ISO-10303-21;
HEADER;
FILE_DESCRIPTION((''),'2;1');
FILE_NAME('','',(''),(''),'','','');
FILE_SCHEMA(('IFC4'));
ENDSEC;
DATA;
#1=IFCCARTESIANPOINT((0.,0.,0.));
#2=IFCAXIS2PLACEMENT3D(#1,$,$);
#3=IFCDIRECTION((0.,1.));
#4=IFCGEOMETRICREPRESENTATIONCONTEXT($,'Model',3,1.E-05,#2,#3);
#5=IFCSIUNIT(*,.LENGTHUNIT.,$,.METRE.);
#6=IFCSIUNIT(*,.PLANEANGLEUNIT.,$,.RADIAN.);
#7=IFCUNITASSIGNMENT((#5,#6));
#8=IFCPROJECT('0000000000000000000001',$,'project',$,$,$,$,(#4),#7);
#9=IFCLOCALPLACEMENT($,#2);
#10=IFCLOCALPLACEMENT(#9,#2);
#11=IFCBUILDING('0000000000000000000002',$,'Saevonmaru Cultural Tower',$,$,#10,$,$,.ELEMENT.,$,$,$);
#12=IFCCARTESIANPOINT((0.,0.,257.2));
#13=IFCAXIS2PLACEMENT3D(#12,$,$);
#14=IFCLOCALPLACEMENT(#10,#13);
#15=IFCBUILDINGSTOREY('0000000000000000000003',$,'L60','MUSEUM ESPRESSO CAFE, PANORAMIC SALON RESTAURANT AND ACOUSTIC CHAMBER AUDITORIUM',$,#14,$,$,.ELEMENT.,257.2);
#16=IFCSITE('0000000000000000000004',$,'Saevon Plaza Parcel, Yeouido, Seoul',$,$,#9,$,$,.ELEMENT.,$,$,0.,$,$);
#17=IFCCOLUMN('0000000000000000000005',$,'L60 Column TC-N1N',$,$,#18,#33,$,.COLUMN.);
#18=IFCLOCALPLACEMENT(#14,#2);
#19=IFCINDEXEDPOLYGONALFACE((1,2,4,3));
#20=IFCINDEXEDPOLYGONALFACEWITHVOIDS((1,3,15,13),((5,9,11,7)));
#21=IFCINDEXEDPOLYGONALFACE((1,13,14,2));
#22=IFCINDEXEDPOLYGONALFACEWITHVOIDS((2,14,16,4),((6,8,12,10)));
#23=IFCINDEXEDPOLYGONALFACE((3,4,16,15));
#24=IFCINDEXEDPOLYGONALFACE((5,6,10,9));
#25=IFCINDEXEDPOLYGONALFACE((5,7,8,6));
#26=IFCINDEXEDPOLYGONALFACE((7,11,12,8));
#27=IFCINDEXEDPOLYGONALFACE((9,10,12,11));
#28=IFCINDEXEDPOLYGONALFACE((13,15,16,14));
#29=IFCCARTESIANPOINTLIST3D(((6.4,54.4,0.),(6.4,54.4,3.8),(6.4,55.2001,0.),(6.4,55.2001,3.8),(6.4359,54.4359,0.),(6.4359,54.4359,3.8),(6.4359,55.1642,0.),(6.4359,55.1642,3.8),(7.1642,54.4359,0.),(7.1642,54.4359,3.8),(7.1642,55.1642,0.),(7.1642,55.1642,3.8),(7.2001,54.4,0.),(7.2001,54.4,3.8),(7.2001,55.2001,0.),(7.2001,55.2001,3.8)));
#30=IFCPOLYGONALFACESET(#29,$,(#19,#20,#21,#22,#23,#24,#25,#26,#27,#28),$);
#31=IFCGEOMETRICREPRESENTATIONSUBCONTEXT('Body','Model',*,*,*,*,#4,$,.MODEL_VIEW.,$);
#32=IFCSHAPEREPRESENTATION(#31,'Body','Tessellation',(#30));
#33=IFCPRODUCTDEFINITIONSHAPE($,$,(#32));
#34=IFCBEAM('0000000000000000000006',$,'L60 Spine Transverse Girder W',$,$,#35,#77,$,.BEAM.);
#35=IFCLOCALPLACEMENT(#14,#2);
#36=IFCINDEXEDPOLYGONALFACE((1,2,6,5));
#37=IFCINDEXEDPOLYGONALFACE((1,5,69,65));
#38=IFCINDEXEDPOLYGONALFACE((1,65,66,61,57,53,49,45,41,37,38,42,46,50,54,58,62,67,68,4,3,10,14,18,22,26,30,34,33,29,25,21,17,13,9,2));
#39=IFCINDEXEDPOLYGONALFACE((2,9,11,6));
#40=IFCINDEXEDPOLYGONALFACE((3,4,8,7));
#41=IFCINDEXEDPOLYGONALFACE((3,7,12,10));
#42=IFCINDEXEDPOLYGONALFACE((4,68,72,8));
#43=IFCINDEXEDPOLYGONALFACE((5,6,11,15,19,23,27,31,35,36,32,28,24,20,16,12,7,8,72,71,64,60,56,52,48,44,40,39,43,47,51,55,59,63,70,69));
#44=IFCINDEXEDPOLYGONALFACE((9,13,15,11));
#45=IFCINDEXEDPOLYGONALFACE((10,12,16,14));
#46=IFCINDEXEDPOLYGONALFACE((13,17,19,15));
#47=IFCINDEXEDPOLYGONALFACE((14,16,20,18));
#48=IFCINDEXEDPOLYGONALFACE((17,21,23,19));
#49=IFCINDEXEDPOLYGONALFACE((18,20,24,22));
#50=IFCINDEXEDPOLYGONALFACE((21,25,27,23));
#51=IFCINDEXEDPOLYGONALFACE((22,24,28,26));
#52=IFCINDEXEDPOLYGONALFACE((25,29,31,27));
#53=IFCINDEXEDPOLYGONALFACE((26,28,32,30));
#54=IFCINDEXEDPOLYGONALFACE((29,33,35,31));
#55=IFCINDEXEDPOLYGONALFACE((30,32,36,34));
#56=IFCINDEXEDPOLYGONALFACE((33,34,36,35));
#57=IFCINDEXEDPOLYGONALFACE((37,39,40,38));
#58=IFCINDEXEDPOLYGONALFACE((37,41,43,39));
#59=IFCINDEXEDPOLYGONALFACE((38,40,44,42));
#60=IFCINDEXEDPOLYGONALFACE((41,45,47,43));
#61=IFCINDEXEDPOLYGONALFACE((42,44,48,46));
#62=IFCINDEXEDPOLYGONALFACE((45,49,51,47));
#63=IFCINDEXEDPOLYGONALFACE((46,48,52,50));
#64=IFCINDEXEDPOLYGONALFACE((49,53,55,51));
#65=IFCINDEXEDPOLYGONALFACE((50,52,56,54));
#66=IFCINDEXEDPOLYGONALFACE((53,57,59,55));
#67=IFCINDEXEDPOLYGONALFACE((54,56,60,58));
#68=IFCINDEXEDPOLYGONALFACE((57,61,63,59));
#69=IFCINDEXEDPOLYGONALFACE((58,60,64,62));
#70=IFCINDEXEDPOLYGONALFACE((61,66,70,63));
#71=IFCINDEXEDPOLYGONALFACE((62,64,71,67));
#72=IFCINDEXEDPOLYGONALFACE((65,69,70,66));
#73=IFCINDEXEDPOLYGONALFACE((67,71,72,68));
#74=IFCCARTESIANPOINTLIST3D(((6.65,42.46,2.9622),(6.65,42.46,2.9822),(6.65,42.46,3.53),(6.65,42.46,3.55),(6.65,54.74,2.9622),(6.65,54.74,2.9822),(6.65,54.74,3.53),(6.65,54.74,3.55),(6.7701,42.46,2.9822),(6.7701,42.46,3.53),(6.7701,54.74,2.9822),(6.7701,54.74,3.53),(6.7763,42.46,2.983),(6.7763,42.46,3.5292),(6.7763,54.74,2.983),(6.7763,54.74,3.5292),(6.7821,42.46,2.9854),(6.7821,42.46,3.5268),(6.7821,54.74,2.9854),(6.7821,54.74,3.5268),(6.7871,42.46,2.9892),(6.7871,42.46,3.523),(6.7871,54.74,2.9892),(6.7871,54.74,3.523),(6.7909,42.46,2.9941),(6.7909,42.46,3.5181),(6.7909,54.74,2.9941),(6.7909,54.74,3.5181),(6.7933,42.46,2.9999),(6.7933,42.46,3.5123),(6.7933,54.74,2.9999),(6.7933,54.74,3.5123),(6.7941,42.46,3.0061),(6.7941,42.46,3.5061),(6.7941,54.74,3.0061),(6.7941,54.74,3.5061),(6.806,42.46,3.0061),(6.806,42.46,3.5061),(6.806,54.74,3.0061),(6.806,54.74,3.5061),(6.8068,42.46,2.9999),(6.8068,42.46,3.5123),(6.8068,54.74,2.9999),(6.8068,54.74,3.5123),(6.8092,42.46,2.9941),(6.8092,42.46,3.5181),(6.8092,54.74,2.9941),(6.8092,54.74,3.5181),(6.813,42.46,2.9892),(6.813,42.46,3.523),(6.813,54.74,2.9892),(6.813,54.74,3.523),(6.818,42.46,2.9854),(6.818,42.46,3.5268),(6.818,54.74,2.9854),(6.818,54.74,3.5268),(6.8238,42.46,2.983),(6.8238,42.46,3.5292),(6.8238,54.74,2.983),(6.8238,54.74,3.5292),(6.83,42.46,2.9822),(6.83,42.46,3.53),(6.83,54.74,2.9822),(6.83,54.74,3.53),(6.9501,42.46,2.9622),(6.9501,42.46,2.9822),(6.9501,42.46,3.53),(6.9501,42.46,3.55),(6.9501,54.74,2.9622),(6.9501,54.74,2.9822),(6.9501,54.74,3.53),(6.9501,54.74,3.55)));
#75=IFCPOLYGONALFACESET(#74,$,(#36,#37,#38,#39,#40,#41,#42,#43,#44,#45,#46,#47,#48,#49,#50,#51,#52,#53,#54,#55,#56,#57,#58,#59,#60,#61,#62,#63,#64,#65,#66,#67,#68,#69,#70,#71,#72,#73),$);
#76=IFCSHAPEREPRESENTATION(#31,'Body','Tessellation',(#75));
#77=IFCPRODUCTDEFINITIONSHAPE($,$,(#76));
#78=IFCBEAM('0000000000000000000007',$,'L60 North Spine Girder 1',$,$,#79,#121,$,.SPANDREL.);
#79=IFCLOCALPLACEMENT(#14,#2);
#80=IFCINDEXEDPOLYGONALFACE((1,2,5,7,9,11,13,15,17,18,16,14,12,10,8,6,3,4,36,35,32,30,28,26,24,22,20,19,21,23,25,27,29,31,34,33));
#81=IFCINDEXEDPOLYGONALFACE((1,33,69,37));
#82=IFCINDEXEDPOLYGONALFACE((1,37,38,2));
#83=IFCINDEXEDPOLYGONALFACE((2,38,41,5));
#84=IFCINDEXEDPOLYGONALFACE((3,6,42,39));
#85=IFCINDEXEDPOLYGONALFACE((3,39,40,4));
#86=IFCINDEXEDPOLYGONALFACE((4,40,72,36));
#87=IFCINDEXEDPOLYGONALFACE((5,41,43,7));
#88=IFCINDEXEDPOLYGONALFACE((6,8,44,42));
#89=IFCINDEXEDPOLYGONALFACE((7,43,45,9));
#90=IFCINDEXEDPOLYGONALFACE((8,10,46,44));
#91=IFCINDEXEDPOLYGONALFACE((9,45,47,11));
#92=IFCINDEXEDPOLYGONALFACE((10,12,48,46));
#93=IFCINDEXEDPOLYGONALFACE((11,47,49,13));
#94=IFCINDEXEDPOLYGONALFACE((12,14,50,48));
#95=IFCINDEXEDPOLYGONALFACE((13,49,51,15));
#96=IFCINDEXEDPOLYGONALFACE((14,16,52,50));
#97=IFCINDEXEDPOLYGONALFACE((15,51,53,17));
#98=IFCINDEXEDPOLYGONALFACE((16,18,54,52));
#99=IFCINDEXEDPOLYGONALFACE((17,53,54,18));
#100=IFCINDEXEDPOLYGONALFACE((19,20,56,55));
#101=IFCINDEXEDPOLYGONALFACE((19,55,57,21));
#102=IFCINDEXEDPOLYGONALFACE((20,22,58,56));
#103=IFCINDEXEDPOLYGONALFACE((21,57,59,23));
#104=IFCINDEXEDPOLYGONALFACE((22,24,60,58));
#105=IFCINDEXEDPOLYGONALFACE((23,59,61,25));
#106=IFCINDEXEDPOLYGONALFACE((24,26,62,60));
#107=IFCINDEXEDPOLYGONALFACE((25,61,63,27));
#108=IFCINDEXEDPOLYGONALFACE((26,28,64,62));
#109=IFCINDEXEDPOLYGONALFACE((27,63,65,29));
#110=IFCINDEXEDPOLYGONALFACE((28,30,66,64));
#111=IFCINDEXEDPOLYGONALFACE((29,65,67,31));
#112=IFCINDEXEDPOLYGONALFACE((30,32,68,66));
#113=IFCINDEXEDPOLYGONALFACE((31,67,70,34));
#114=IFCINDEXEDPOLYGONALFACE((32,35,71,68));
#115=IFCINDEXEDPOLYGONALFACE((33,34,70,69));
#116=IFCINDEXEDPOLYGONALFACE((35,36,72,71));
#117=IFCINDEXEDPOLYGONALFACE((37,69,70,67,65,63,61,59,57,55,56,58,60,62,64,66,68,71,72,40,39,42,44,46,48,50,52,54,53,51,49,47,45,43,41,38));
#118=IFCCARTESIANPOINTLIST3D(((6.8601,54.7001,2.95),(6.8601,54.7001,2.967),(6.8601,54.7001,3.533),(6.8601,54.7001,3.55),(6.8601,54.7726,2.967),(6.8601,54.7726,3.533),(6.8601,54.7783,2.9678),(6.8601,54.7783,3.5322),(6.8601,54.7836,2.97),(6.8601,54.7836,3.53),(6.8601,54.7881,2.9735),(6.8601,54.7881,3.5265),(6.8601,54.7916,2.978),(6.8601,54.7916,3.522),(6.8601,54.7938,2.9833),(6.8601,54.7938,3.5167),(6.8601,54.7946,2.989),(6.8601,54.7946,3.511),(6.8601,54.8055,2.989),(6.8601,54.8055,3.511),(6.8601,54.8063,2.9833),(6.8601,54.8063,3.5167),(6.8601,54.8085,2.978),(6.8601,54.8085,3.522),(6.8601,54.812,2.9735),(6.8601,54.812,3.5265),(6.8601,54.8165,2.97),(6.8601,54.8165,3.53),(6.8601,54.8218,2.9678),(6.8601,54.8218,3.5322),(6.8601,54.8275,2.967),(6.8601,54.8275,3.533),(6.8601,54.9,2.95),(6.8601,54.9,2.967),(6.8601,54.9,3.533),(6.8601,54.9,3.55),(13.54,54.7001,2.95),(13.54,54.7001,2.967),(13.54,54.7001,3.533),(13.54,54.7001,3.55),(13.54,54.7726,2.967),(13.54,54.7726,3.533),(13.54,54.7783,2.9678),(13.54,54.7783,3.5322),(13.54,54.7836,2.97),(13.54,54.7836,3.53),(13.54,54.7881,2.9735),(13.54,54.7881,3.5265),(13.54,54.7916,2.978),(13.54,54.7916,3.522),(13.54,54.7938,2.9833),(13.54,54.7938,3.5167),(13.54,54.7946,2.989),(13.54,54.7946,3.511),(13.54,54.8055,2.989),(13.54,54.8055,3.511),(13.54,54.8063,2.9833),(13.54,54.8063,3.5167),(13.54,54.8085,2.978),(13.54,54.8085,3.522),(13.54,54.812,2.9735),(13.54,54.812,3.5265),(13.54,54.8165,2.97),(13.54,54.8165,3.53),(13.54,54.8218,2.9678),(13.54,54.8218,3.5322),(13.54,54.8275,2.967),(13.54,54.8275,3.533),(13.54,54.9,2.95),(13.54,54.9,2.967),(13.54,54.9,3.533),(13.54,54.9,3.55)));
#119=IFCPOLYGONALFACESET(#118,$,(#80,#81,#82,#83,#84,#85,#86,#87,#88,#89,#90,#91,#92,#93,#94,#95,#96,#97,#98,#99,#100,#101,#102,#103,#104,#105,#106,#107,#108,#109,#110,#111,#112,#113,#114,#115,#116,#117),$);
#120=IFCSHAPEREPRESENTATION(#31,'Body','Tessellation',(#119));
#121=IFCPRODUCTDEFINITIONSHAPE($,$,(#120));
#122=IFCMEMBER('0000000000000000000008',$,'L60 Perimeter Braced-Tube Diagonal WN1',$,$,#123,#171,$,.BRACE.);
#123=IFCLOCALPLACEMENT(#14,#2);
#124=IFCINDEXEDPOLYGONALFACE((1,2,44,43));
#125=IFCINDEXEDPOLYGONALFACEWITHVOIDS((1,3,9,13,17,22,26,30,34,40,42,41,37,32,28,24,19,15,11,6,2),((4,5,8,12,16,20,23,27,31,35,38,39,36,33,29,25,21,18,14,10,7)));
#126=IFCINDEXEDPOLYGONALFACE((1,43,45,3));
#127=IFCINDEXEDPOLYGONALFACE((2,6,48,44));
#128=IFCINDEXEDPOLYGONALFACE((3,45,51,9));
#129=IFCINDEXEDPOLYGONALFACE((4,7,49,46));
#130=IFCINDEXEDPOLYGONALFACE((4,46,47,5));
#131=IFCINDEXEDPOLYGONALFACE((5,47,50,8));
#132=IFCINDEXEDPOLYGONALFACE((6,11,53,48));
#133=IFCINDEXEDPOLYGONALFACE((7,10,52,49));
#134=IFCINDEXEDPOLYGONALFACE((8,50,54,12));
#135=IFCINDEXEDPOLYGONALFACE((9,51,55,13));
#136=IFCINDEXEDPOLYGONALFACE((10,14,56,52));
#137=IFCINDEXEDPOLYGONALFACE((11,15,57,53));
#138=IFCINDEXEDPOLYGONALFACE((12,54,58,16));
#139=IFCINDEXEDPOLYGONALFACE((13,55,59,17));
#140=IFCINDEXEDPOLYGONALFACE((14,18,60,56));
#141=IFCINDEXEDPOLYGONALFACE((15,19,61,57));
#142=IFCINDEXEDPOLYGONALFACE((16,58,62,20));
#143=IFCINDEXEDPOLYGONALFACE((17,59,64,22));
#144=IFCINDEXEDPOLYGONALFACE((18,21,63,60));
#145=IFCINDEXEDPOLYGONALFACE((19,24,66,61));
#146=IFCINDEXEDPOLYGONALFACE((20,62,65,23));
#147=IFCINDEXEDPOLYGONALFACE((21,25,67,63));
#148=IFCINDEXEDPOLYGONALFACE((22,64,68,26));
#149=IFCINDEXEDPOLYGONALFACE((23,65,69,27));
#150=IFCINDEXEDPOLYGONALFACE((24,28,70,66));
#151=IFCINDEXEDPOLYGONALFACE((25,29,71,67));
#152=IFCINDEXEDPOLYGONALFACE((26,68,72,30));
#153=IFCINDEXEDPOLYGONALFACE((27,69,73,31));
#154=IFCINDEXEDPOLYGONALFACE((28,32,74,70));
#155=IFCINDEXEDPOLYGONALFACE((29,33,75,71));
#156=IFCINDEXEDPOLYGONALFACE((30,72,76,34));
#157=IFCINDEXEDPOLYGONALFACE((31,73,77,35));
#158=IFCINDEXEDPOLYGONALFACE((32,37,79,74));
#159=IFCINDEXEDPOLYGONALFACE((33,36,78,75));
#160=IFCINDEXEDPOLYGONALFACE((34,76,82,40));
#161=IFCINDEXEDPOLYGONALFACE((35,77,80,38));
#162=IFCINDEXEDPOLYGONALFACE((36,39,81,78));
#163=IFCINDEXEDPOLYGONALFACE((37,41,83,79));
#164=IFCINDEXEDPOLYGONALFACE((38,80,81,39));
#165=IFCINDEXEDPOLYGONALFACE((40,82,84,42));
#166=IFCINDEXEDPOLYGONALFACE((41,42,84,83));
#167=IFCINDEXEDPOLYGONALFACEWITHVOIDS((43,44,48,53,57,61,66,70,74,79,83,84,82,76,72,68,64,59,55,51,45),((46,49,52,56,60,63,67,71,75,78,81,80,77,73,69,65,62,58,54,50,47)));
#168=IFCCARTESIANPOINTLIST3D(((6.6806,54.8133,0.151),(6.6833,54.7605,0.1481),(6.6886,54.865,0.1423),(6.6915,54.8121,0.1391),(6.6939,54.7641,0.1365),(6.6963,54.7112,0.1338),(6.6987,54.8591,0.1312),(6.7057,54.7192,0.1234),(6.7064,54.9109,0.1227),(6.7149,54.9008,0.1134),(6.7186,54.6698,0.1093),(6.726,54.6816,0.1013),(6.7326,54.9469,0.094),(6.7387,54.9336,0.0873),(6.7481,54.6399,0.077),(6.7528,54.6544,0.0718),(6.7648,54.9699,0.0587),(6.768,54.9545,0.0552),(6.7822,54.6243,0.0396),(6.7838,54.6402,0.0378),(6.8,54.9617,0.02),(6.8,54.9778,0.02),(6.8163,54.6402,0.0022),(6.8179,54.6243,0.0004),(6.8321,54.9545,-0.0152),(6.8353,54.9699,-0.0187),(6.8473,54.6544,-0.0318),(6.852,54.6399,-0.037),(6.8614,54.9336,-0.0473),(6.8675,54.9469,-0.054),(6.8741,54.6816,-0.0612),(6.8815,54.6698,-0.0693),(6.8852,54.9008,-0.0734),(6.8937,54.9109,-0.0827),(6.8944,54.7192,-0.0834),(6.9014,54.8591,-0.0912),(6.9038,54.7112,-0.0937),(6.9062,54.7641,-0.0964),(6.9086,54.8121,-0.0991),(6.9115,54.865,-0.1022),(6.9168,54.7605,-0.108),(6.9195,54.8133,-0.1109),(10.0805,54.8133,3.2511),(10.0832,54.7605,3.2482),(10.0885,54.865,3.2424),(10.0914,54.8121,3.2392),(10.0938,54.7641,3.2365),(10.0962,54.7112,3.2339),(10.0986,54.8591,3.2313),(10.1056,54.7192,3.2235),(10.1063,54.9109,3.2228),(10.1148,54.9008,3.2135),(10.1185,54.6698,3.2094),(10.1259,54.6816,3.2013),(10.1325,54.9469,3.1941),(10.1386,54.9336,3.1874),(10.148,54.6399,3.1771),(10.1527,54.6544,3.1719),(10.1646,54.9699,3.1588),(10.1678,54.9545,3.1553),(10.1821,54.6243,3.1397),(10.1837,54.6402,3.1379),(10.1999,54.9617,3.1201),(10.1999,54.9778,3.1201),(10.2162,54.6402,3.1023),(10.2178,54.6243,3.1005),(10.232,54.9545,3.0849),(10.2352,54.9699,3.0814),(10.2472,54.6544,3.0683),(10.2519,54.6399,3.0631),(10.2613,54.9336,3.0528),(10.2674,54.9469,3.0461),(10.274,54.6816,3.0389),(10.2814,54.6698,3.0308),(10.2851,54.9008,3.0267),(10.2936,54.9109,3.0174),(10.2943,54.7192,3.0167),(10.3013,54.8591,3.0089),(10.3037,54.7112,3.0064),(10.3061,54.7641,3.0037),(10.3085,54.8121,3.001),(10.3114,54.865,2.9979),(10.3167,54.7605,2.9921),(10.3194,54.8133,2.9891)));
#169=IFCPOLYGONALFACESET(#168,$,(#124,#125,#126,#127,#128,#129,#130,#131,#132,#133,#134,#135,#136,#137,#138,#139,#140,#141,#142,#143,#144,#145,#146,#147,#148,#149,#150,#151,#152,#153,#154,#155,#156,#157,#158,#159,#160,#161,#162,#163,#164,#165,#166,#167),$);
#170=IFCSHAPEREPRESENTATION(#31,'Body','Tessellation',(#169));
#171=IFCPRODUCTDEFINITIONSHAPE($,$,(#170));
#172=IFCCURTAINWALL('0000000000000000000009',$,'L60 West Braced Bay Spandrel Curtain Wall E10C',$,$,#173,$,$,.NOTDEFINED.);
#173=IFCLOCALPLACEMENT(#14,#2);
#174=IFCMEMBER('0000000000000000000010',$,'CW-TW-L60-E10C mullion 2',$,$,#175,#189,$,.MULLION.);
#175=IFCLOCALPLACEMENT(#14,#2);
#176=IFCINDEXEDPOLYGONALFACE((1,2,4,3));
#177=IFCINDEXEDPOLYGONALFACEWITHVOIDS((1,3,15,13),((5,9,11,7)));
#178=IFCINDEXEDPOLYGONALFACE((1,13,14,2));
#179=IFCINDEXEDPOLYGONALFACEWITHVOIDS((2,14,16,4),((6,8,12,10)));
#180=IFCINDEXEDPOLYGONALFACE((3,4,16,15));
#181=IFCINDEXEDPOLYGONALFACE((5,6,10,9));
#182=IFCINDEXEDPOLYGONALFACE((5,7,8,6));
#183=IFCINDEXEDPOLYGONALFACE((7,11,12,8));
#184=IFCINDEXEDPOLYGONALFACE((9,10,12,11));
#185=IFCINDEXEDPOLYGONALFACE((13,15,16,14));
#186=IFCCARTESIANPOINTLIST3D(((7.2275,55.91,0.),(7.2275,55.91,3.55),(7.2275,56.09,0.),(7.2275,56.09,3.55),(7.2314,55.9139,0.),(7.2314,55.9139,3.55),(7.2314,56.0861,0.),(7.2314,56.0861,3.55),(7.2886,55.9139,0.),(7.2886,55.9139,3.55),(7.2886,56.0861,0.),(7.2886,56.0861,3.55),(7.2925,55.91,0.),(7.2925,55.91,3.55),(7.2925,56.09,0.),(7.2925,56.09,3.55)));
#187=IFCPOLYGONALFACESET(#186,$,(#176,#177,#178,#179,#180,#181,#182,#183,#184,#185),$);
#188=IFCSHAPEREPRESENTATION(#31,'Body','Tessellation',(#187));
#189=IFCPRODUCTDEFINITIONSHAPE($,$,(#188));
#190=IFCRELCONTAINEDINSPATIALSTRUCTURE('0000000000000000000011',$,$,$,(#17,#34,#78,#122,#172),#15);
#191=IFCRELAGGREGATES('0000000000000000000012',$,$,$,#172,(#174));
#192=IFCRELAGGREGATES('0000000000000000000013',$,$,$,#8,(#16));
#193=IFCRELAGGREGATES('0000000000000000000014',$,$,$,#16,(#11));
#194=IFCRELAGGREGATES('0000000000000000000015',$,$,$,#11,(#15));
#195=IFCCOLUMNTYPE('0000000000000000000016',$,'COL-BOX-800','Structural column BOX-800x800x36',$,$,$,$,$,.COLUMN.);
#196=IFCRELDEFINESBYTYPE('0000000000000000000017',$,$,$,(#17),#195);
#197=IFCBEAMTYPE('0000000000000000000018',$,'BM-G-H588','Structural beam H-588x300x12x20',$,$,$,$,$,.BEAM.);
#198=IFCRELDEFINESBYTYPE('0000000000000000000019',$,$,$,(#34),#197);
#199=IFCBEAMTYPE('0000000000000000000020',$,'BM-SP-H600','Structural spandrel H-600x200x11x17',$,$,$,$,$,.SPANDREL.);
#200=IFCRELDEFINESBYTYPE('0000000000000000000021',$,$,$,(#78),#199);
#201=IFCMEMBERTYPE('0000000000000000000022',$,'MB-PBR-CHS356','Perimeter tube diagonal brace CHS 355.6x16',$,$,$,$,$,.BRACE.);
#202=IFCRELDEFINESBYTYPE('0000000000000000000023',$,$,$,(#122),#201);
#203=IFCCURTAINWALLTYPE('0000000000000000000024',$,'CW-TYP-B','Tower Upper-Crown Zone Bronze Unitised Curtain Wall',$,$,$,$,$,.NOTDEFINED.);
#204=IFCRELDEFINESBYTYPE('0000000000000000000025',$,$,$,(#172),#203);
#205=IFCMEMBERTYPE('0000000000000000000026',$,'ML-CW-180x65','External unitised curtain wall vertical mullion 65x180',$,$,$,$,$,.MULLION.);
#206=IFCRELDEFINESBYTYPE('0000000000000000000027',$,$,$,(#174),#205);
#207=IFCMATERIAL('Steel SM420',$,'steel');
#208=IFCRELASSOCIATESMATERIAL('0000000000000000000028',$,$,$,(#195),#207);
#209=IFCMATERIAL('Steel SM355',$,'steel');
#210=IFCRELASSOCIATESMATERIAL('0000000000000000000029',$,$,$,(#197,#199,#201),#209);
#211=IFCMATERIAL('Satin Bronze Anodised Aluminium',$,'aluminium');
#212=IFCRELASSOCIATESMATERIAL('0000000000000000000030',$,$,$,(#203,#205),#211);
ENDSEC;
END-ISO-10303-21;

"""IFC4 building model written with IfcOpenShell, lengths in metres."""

from ifc_helpers import new_model, si_unit, direction, frame, origin, origin_2d, place, context, subcontext, project, spatial, hollow_rectangle, hollow_circle, i_section, extrude, material, material_profile, profile_set, type_object, element, aggregate, save


model = new_model("IFC4")

# Units and contexts
model_context = context("Model", 3, precision=1e-05, world=origin(), true_north=direction((0.0, 1.0)))
body_context = subcontext(model_context, "Body", "Model", "MODEL_VIEW")
ifc_project = project(units=[si_unit("LENGTHUNIT", "METRE"), si_unit("PLANEANGLEUNIT", "RADIAN")], contexts=[model_context])

# Site, building, storey
site_placement = place(None, origin())
site = spatial("IfcSite", under=ifc_project, at=site_placement, Name="Saevon Plaza Parcel, Yeouido, Seoul", CompositionType="ELEMENT", RefElevation=0.0)
building_placement = place(site_placement, origin())
building = spatial("IfcBuilding", under=site, at=building_placement, Name="Saevonmaru Cultural Tower", CompositionType="ELEMENT")
storey_placement = place(building_placement, frame((0.0, 0.0, 257.2)))
storey = spatial("IfcBuildingStorey", under=building, at=storey_placement, Name="L60", Description="MUSEUM ESPRESSO CAFE, PANORAMIC SALON RESTAURANT AND ACOUSTIC CHAMBER AUDITORIUM", CompositionType="ELEMENT", Elevation=257.2)

# Column
ifc_material_1 = material(Name="Steel SM420", Category="steel")
ifc_material_profile_1 = material_profile(ifc_material_1, hollow_rectangle(XDim=0.8, YDim=0.8, WallThickness=0.0359, at=origin_2d()), Name="BOX-800x800x36")
ifc_profile_set_1 = profile_set([ifc_material_profile_1], Name="Steel SM420")
column_type = type_object("IfcColumnType", Name="COL-BOX-800", Description="Structural column BOX-800x800x36", PredefinedType="COLUMN", material=ifc_profile_set_1)
column_placement = place(storey_placement, frame((6.8, 54.8, 0.0), z_axis=(0.0, 0.0, 1.0), x_axis=(1.0, 0.0, 0.0)))
element("IfcColumn", 1, at=column_placement, inside=storey, type_object=column_type, Name="L60 Column TC-N1N", PredefinedType="COLUMN", context=body_context, shape_type="SweptSolid", body=[
    extrude(hollow_rectangle(XDim=0.8, YDim=0.8, WallThickness=0.0359, at=origin_2d()), origin(), (0.0, 0.0, 1.0), 3.8),
])

# Beams
ifc_material_2 = material(Name="Steel SM355", Category="steel")
ifc_material_profile_2 = material_profile(ifc_material_2, i_section(OverallWidth=0.3, OverallDepth=0.5879, WebThickness=0.012, FlangeThickness=0.02, FilletRadius=0.0239, at=origin_2d()), Name="H-588x300x12x20")
ifc_profile_set_2 = profile_set([ifc_material_profile_2], Name="Steel SM355")
beam_type_1 = type_object("IfcBeamType", Name="BM-G-H588", Description="Structural beam H-588x300x12x20", PredefinedType="BEAM", material=ifc_profile_set_2)
beam_1_placement = place(storey_placement, frame((6.8, 54.74, 3.2561), z_axis=(0.0, -1.0, 0.0), x_axis=(1.0, 0.0, 0.0)))
element("IfcBeam", 2, at=beam_1_placement, inside=storey, type_object=beam_type_1, Name="L60 Spine Transverse Girder W", PredefinedType="BEAM", context=body_context, shape_type="SweptSolid", body=[
    extrude(i_section(OverallWidth=0.3, OverallDepth=0.5879, WebThickness=0.012, FlangeThickness=0.02, FilletRadius=0.0239, at=origin_2d()), origin(), (0.0, 0.0, 1.0), 12.28),
])
ifc_material_profile_3 = material_profile(ifc_material_2, i_section(OverallWidth=0.2, OverallDepth=0.6001, WebThickness=0.011, FlangeThickness=0.0171, FilletRadius=0.022, at=origin_2d()), Name="H-600x200x11x17")
ifc_profile_set_3 = profile_set([ifc_material_profile_3], Name="Steel SM355")
beam_type_2 = type_object("IfcBeamType", Name="BM-SP-H600", Description="Structural spandrel H-600x200x11x17", PredefinedType="SPANDREL", material=ifc_profile_set_3)
beam_2_placement = place(storey_placement, frame((6.8601, 54.8, 3.25), z_axis=(1.0, 0.0, 0.0), x_axis=(0.0, 1.0, 0.0)))
element("IfcBeam", 3, at=beam_2_placement, inside=storey, type_object=beam_type_2, Name="L60 North Spine Girder 1", PredefinedType="SPANDREL", context=body_context, shape_type="SweptSolid", body=[
    extrude(i_section(OverallWidth=0.2, OverallDepth=0.6001, WebThickness=0.011, FlangeThickness=0.0171, FilletRadius=0.022, at=origin_2d()), origin(), (0.0, 0.0, 1.0), 6.6799),
])

# Member
ifc_material_profile_4 = material_profile(ifc_material_2, hollow_circle(Radius=0.1777, WallThickness=0.0161, at=origin_2d()), Name="CHS-355.6x16")
ifc_profile_set_4 = profile_set([ifc_material_profile_4], Name="Steel SM355")
member_type_1 = type_object("IfcMemberType", Name="MB-PBR-CHS356", Description="Perimeter tube diagonal brace CHS 355.6x16", PredefinedType="BRACE", material=ifc_profile_set_4)
member_1_placement = place(storey_placement, frame((6.8, 54.8, 0.02), z_axis=(0.738936, 0.0, 0.673776), x_axis=(0.0, 1.0, 0.0)))
element("IfcMember", 4, at=member_1_placement, inside=storey, type_object=member_type_1, Name="L60 Perimeter Braced-Tube Diagonal WN1", PredefinedType="BRACE", context=body_context, shape_type="SweptSolid", body=[
    extrude(hollow_circle(Radius=0.1777, WallThickness=0.0161, at=origin_2d()), origin(), (0.0, 0.0, 1.0), 4.6011),
])

# Curtain wall, member
ifc_material_3 = material(Name="Satin Bronze Anodised Aluminium", Category="aluminium")
curtain_wall_type = type_object("IfcCurtainWallType", Name="CW-TYP-B", Description="Tower Upper-Crown Zone Bronze Unitised Curtain Wall", PredefinedType="NOTDEFINED", material=ifc_material_3)
curtain_wall_1_placement = place(storey_placement, origin())
curtain_wall_1 = element("IfcCurtainWall", 5, at=curtain_wall_1_placement, inside=storey, type_object=curtain_wall_type, Name="L60 West Braced Bay Spandrel Curtain Wall E10C", PredefinedType="NOTDEFINED")
ifc_material_profile_5 = material_profile(ifc_material_3, hollow_rectangle(XDim=0.0649, YDim=0.1799, WallThickness=0.0039, at=origin_2d()), Name="ALU-MULL-180x65x4")
ifc_profile_set_5 = profile_set([ifc_material_profile_5], Name="Satin Bronze Anodised Aluminium")
member_type_2 = type_object("IfcMemberType", Name="ML-CW-180x65", Description="External unitised curtain wall vertical mullion 65x180", PredefinedType="MULLION", material=ifc_profile_set_5)
member_2_placement = place(storey_placement, frame((7.26, 56.0, 0.0), z_axis=(0.0, 0.0, 1.0), x_axis=(-1.0, 0.0, 0.0)))
member_2 = element("IfcMember", 6, at=member_2_placement, type_object=member_type_2, Name="CW-TW-L60-E10C mullion 2", PredefinedType="MULLION", context=body_context, shape_type="SweptSolid", body=[
    extrude(hollow_rectangle(XDim=0.0649, YDim=0.1799, WallThickness=0.0039, at=origin_2d()), origin(), (0.0, 0.0, 1.0), 3.55),
])

aggregate(curtain_wall_1, [member_2])

save(model, "model.ifc")
